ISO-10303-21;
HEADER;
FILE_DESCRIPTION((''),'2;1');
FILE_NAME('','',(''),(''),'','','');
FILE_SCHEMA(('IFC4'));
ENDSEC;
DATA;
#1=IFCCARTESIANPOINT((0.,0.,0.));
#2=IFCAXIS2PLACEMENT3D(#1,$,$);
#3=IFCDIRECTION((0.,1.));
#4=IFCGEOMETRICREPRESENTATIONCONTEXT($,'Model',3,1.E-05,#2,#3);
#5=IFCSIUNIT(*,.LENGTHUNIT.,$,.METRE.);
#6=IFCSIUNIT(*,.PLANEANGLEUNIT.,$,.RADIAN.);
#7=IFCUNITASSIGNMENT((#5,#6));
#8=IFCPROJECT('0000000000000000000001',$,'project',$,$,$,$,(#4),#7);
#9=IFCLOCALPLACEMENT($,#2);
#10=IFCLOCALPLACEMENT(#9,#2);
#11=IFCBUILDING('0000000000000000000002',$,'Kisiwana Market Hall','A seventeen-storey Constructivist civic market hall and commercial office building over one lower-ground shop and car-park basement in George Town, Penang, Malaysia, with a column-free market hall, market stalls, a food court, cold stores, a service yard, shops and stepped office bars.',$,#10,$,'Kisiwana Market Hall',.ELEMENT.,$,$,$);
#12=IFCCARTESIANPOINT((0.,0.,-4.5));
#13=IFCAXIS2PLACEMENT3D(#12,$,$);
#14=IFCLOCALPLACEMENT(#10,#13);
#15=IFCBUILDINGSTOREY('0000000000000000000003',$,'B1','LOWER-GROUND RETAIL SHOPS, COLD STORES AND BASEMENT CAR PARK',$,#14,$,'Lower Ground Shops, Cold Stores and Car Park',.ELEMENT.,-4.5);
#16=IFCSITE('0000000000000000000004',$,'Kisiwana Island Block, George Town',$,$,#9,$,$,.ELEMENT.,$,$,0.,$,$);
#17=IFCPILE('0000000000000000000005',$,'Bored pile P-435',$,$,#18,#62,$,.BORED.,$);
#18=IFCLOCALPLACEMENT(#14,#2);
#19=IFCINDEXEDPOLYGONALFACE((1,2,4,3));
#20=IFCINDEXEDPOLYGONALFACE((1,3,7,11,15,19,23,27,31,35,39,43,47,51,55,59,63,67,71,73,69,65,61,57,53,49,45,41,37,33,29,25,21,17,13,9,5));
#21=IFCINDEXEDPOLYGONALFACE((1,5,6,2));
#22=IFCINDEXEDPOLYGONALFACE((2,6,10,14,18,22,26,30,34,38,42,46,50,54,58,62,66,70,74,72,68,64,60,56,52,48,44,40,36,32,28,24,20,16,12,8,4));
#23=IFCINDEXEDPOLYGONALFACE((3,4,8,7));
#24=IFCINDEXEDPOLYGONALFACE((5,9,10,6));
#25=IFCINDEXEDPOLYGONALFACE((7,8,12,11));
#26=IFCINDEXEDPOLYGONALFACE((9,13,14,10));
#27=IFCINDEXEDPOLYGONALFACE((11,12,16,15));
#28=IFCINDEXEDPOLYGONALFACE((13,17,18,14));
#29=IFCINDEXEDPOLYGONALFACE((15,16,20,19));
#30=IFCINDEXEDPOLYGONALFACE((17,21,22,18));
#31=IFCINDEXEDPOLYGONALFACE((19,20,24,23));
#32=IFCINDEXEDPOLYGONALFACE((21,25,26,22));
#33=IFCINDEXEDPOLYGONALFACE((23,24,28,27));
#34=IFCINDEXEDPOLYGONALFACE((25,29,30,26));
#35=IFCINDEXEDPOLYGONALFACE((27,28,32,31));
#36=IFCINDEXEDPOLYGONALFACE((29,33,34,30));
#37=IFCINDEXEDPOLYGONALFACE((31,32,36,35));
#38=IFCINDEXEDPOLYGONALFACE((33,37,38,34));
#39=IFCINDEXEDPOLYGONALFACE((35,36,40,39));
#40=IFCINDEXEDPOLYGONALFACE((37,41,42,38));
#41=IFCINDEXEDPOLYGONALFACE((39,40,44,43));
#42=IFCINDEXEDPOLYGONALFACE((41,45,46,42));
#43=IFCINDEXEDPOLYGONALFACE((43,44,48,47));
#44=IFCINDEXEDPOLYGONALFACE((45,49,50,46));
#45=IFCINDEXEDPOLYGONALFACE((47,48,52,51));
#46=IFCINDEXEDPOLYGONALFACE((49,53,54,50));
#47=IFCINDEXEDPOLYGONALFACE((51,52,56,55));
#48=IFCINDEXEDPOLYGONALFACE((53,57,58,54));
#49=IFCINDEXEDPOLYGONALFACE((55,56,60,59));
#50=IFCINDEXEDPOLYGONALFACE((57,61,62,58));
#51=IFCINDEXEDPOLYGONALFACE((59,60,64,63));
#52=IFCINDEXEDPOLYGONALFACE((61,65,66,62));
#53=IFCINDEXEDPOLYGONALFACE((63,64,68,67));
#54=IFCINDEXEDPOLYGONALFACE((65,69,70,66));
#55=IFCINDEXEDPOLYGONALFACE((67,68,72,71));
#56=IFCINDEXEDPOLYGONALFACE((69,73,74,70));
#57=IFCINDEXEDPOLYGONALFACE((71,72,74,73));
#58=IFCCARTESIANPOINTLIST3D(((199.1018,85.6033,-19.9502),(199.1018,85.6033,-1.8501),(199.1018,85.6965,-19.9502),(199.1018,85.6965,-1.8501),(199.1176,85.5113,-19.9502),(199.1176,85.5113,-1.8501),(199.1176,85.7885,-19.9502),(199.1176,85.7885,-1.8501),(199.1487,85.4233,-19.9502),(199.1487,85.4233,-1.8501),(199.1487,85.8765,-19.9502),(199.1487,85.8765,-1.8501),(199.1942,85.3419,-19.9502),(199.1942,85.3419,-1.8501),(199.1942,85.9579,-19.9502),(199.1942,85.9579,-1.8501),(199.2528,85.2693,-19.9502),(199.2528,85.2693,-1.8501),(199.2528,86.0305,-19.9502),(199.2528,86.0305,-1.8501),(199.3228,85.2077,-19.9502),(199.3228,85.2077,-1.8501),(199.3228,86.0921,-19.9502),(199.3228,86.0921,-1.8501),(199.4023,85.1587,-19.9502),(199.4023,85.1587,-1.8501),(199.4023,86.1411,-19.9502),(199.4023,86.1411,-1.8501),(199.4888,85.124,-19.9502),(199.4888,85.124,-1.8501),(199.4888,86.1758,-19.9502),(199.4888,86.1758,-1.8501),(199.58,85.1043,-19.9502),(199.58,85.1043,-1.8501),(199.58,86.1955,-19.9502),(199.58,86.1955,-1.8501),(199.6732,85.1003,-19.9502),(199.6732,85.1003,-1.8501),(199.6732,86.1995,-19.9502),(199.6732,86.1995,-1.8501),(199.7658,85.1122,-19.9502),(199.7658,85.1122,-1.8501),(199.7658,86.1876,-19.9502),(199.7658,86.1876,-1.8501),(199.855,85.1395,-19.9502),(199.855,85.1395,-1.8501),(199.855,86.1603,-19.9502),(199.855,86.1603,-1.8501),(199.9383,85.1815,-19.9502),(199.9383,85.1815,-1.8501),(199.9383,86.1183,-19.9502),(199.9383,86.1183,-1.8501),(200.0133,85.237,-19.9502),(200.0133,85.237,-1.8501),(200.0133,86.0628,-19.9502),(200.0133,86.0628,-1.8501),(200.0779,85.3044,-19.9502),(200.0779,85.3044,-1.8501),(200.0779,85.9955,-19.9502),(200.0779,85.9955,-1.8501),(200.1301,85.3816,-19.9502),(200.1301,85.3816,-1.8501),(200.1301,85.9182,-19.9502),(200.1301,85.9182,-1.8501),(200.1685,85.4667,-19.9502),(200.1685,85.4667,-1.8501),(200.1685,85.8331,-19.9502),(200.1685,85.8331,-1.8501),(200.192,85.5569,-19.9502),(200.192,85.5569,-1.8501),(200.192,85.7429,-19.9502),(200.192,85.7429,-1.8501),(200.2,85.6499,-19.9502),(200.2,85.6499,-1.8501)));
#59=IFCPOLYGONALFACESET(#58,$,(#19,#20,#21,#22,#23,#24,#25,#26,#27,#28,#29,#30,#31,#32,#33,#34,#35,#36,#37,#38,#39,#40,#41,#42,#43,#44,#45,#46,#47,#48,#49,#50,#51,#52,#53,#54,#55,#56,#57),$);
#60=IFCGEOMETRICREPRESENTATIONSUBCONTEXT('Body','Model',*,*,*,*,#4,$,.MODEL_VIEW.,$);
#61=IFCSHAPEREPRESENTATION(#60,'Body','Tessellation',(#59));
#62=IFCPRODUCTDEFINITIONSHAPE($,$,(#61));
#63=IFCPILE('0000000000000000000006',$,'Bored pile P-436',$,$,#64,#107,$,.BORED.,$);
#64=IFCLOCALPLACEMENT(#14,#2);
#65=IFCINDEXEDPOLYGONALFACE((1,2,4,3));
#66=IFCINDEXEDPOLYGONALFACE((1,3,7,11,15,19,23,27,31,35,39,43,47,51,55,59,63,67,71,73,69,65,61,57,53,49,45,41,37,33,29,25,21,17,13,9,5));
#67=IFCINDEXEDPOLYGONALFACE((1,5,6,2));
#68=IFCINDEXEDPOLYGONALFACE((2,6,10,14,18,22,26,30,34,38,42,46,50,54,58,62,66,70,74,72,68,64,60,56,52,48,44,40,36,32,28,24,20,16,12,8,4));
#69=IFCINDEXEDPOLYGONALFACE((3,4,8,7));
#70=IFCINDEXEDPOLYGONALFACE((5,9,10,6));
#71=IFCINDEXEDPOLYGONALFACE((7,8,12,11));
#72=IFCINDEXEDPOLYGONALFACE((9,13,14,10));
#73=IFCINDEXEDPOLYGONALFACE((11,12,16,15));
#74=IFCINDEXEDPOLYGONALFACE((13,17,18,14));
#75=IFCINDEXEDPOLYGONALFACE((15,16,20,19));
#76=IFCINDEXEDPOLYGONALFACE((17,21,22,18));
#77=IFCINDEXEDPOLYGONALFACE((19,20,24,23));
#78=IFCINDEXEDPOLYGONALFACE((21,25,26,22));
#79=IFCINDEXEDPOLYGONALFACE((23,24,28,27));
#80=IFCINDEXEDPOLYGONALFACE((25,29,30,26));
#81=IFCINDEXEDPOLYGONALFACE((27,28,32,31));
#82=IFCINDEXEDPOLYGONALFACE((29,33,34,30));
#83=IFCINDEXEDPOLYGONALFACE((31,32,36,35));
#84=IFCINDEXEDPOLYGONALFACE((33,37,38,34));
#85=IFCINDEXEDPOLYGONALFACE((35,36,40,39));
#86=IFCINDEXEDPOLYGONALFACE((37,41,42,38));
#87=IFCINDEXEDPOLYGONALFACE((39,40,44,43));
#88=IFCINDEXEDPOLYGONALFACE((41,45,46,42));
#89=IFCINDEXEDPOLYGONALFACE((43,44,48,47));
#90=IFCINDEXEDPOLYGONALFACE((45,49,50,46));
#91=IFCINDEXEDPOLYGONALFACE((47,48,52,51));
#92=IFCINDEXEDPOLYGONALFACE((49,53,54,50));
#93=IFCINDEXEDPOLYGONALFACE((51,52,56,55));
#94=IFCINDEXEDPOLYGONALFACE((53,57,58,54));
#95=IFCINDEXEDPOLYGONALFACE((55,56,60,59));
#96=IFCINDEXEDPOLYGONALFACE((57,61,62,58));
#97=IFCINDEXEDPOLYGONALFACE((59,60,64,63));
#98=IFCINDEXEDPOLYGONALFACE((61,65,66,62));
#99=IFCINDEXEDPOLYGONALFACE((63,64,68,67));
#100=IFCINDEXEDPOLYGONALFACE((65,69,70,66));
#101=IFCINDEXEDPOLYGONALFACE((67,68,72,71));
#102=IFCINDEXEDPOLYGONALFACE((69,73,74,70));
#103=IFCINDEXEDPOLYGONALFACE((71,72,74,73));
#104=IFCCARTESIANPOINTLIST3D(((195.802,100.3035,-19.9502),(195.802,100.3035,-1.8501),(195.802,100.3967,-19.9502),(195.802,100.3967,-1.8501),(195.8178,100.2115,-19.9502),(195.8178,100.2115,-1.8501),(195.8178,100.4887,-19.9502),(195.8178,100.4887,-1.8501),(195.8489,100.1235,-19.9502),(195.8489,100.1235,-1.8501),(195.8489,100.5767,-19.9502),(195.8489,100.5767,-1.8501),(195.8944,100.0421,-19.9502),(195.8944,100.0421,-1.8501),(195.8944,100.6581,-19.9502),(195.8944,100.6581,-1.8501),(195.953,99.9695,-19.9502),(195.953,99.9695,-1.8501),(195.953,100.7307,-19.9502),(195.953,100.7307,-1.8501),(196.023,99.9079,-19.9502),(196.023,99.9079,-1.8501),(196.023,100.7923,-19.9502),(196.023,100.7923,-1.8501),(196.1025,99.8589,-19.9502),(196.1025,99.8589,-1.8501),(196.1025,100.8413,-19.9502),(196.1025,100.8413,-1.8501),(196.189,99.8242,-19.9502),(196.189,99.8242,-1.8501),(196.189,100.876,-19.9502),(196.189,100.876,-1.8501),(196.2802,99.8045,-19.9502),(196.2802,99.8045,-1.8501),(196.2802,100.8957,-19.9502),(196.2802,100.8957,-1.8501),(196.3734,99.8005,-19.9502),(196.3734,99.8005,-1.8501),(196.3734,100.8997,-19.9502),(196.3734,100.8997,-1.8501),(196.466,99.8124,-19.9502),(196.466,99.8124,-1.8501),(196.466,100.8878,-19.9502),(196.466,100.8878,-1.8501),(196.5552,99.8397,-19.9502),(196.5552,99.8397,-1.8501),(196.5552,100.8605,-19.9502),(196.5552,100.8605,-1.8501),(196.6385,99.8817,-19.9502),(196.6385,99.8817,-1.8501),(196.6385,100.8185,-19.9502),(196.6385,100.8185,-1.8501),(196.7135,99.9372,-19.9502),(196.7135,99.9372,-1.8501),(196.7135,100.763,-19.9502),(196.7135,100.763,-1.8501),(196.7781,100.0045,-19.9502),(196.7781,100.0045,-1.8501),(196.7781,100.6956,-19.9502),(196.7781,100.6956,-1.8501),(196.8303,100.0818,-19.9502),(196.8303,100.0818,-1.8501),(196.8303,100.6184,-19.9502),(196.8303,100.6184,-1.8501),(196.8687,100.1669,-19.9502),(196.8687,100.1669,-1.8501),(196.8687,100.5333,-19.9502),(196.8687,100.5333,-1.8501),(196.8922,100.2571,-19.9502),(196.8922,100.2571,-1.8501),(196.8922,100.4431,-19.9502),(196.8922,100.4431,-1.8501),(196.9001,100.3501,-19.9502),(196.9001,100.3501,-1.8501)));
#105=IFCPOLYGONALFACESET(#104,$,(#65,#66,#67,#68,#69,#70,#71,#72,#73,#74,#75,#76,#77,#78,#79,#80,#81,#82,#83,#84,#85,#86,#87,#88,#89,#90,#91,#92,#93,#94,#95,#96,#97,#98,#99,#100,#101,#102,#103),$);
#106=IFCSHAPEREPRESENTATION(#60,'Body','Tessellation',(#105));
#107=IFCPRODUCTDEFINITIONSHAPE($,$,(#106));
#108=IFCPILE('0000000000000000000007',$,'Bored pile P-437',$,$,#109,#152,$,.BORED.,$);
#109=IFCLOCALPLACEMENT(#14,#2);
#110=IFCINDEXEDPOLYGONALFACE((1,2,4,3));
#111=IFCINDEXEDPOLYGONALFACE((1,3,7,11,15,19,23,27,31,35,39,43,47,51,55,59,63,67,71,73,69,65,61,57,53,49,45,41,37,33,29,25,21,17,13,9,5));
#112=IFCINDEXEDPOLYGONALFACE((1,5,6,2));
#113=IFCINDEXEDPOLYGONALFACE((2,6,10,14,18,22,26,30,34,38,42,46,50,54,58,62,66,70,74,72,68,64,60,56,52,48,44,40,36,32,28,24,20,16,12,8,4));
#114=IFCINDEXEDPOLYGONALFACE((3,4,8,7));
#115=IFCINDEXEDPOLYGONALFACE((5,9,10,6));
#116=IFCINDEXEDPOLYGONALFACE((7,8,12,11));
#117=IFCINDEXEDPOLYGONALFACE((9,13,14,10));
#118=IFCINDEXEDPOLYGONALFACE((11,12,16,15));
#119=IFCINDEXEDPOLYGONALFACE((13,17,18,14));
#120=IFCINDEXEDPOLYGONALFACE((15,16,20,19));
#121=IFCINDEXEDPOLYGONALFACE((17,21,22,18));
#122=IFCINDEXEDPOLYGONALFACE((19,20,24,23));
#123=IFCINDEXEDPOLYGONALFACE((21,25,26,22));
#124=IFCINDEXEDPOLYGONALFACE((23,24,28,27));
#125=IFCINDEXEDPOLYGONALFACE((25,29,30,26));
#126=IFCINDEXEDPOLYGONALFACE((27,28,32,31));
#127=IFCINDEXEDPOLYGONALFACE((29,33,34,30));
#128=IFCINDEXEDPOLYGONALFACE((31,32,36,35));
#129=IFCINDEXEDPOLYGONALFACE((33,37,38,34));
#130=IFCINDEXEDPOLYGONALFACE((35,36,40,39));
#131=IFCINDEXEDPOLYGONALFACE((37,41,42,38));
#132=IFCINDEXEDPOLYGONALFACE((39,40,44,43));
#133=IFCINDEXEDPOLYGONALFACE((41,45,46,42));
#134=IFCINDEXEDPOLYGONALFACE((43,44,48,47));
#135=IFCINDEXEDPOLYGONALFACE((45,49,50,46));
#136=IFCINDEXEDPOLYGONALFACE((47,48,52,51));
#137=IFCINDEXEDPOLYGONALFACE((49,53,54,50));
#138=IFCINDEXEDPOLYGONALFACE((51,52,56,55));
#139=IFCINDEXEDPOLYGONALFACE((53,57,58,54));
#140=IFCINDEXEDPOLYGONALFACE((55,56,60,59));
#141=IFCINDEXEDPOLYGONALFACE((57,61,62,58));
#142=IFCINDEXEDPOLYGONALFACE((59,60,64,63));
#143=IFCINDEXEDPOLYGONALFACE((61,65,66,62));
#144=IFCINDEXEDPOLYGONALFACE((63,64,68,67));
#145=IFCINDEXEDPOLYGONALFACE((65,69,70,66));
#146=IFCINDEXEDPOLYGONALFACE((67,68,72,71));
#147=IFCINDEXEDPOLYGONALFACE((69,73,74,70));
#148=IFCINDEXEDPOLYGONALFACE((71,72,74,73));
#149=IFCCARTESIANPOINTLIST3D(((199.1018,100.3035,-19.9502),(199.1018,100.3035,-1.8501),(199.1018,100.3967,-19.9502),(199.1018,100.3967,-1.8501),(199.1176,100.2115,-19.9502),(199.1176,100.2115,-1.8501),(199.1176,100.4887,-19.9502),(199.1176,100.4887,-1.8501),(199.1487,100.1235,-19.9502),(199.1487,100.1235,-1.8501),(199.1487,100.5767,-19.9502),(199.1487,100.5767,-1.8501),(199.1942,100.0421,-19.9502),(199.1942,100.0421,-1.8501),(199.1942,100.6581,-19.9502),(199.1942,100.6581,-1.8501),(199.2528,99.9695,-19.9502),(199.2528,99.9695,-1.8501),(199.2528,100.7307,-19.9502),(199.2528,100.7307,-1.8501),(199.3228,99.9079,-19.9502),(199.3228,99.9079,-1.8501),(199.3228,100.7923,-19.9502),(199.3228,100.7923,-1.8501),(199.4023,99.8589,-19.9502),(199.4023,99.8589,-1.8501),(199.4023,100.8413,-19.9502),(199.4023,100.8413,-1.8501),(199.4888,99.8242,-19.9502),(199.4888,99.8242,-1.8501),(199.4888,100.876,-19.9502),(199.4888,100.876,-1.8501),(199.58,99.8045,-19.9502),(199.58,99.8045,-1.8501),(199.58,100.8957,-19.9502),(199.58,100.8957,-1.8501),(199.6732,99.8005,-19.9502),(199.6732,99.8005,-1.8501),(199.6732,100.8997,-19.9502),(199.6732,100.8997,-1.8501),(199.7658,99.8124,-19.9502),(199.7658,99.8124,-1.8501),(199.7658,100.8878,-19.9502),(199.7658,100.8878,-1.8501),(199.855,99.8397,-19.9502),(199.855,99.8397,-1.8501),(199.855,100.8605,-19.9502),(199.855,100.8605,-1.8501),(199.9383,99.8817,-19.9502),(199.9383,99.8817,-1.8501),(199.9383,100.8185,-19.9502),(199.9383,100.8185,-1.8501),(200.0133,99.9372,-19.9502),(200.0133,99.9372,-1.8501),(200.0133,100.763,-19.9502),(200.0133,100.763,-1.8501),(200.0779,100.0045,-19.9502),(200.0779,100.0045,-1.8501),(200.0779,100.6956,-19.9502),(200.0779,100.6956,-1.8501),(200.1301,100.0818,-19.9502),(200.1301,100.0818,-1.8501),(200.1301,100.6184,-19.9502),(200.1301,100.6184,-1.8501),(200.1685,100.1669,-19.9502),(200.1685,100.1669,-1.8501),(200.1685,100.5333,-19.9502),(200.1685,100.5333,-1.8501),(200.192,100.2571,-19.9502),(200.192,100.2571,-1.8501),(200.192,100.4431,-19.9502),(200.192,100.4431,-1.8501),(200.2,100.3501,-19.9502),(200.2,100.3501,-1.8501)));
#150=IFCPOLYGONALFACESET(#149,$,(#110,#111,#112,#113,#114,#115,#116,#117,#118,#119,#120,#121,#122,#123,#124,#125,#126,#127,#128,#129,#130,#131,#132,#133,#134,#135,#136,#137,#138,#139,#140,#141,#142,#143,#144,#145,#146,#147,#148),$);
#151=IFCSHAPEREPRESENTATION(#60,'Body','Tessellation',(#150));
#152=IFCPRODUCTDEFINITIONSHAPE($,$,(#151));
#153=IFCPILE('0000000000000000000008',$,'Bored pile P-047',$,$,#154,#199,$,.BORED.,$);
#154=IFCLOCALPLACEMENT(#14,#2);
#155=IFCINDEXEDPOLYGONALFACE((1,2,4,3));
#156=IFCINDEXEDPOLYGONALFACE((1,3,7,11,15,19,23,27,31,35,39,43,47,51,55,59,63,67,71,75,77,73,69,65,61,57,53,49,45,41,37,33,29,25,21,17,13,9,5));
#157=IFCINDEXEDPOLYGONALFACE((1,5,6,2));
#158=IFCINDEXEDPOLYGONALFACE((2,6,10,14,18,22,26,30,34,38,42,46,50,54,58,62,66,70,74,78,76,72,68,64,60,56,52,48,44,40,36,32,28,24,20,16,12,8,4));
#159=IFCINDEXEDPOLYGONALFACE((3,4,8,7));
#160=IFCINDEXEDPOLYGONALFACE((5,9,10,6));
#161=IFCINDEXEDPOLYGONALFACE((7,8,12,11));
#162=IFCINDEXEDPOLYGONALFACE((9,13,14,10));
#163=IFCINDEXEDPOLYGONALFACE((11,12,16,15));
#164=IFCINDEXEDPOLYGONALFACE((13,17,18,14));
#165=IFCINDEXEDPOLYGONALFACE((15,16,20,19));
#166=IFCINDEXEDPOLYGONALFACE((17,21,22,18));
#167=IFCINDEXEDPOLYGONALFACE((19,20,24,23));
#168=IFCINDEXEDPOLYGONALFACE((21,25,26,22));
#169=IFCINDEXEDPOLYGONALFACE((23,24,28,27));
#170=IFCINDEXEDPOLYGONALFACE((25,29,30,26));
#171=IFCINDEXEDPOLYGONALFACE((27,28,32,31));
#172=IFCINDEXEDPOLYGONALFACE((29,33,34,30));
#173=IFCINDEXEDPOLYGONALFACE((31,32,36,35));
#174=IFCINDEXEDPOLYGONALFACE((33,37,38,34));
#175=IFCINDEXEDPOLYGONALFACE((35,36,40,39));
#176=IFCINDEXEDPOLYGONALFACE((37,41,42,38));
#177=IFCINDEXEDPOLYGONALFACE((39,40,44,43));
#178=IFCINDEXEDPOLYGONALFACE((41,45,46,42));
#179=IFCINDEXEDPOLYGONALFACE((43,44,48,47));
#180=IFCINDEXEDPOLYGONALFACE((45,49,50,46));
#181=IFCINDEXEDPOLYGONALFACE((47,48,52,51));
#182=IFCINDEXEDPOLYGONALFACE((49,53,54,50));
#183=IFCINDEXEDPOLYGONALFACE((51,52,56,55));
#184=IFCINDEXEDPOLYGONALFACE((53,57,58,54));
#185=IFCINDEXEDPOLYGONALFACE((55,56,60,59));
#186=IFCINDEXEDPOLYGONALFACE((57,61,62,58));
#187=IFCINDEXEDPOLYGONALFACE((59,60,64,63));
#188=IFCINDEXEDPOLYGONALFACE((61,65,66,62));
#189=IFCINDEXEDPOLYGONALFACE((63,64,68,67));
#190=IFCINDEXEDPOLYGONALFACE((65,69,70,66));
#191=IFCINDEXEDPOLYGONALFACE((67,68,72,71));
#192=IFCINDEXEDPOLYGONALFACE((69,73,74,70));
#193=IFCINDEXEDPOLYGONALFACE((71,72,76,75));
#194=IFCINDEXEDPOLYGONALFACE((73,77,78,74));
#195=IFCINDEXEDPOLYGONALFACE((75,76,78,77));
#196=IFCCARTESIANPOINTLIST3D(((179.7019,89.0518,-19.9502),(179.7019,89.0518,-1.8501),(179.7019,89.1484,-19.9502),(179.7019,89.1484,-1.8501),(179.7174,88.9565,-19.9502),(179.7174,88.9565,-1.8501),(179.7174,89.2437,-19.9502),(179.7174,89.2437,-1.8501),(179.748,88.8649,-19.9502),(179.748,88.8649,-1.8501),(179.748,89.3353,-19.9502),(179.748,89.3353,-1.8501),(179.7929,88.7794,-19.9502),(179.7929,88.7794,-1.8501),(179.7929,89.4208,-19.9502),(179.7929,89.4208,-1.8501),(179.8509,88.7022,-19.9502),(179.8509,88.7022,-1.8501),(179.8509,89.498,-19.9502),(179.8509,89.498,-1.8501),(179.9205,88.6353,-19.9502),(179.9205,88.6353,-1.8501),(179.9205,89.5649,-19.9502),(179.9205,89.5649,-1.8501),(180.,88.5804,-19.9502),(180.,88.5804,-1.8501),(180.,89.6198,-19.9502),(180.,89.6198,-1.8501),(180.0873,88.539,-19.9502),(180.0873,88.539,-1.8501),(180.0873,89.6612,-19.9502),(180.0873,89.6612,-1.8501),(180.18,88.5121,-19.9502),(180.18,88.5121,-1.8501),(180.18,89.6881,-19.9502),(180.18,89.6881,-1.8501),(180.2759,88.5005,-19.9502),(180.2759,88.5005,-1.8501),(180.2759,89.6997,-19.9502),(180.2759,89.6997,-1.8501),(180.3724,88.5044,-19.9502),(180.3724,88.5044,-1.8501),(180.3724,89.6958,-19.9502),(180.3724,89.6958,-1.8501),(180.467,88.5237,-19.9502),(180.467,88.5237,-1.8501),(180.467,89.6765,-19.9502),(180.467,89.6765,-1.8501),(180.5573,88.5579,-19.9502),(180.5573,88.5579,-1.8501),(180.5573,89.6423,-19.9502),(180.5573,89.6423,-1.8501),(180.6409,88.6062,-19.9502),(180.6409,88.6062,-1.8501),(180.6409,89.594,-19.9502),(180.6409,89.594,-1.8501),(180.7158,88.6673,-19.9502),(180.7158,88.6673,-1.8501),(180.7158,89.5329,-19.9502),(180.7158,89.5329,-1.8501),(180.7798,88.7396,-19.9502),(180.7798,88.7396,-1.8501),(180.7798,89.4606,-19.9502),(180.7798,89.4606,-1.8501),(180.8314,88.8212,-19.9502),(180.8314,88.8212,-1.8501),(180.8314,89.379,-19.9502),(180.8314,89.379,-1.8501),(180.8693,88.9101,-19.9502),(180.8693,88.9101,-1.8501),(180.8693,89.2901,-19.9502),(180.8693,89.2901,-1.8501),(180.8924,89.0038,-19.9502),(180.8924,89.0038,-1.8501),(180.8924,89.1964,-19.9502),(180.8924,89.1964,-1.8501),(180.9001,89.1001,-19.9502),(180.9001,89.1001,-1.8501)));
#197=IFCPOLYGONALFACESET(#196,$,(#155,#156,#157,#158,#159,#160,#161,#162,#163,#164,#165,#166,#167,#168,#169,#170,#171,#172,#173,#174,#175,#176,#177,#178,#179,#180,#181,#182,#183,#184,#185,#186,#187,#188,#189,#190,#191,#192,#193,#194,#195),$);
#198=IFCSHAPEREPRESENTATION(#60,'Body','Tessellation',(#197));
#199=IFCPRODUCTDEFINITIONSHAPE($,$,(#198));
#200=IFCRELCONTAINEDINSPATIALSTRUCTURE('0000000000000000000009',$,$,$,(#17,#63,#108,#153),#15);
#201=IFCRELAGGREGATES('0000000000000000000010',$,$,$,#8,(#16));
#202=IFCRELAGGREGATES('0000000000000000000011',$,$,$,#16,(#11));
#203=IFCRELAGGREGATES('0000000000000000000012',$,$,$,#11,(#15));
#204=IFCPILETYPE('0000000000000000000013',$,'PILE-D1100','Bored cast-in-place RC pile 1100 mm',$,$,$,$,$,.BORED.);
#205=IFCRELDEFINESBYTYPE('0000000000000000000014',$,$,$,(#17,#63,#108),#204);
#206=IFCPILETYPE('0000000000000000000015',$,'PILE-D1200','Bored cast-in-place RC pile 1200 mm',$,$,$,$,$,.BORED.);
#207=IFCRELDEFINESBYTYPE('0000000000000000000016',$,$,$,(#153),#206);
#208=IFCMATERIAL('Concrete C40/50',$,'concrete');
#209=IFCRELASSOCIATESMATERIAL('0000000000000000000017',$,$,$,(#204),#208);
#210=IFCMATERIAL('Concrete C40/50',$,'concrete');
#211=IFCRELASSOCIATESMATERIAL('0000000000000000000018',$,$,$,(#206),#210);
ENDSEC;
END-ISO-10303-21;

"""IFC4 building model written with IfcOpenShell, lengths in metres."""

from ifc_helpers import new_model, si_unit, direction, frame, origin, origin_2d, place, context, subcontext, project, spatial, circle, extrude, material, material_profile, profile_set, type_object, element, save


model = new_model("IFC4")

# Units and contexts
model_context = context("Model", 3, precision=1e-05, world=origin(), true_north=direction((0.0, 1.0)))
body_context = subcontext(model_context, "Body", "Model", "MODEL_VIEW")
ifc_project = project(units=[si_unit("LENGTHUNIT", "METRE"), si_unit("PLANEANGLEUNIT", "RADIAN")], contexts=[model_context])

# Site, building, storey
site_placement = place(None, origin())
site = spatial("IfcSite", under=ifc_project, at=site_placement, Name="Kisiwana Island Block, George Town", CompositionType="ELEMENT", RefElevation=0.0)
building_placement = place(site_placement, origin())
building = spatial("IfcBuilding", under=site, at=building_placement, Name="Kisiwana Market Hall", Description="A seventeen-storey Constructivist civic market hall and commercial office building over one lower-ground shop and car-park basement in George Town, Penang, Malaysia, with a column-free market hall, market stalls, a food court, cold stores, a service yard, shops and stepped office bars.", LongName="Kisiwana Market Hall", CompositionType="ELEMENT")
storey_placement = place(building_placement, frame((0.0, 0.0, -4.5)))
storey = spatial("IfcBuildingStorey", under=building, at=storey_placement, Name="B1", Description="LOWER-GROUND RETAIL SHOPS, COLD STORES AND BASEMENT CAR PARK", LongName="Lower Ground Shops, Cold Stores and Car Park", CompositionType="ELEMENT", Elevation=-4.5)

# Piles
ifc_material_1 = material(Name="Concrete C40/50", Category="concrete")
ifc_material_profile_1 = material_profile(ifc_material_1, circle(Radius=0.55, at=origin_2d()), Name="BP D1100")
ifc_profile_set_1 = profile_set([ifc_material_profile_1], Name="Concrete C40/50")
pile_type_1 = type_object("IfcPileType", Name="PILE-D1100", Description="Bored cast-in-place RC pile 1100 mm", PredefinedType="BORED", material=ifc_profile_set_1)
for number, where, z_axis, x_axis, name in (
    (1, (199.6499, 85.6499, -1.8501), (0.0, 0.0, -1.0), (1.0, 0.0, 0.0), "Bored pile P-435"),
    (2, (196.3501, 100.3501, -1.8501), (0.0, 0.0, -1.0), (1.0, 0.0, 0.0), "Bored pile P-436"),
    (3, (199.6499, 100.3501, -1.8501), (0.0, 0.0, -1.0), (1.0, 0.0, 0.0), "Bored pile P-437"),
):
    element("IfcPile", number, at=place(storey_placement, frame(where, z_axis=z_axis, x_axis=x_axis)), inside=storey, type_object=pile_type_1, Name=name, PredefinedType="BORED", context=body_context, shape_type="SweptSolid", body=[
        extrude(circle(Radius=0.55, at=origin_2d()), origin(), (0.0, 0.0, 1.0), 18.1001),
    ])
ifc_material_2 = material(Name="Concrete C40/50", Category="concrete")
ifc_material_profile_2 = material_profile(ifc_material_2, circle(Radius=0.6001, at=origin_2d()), Name="BP D1200")
ifc_profile_set_2 = profile_set([ifc_material_profile_2], Name="Concrete C40/50")
pile_type_2 = type_object("IfcPileType", Name="PILE-D1200", Description="Bored cast-in-place RC pile 1200 mm", PredefinedType="BORED", material=ifc_profile_set_2)
for number, where, z_axis, x_axis, name in (
    (4, (180.3, 89.1001, -1.8501), (0.0, 0.0, -1.0), (1.0, 0.0, 0.0), "Bored pile P-047"),
):
    element("IfcPile", number, at=place(storey_placement, frame(where, z_axis=z_axis, x_axis=x_axis)), inside=storey, type_object=pile_type_2, Name=name, PredefinedType="BORED", context=body_context, shape_type="SweptSolid", body=[
        extrude(circle(Radius=0.6001, at=origin_2d()), origin(), (0.0, 0.0, 1.0), 18.1001),
    ])

save(model, "model.ifc")
